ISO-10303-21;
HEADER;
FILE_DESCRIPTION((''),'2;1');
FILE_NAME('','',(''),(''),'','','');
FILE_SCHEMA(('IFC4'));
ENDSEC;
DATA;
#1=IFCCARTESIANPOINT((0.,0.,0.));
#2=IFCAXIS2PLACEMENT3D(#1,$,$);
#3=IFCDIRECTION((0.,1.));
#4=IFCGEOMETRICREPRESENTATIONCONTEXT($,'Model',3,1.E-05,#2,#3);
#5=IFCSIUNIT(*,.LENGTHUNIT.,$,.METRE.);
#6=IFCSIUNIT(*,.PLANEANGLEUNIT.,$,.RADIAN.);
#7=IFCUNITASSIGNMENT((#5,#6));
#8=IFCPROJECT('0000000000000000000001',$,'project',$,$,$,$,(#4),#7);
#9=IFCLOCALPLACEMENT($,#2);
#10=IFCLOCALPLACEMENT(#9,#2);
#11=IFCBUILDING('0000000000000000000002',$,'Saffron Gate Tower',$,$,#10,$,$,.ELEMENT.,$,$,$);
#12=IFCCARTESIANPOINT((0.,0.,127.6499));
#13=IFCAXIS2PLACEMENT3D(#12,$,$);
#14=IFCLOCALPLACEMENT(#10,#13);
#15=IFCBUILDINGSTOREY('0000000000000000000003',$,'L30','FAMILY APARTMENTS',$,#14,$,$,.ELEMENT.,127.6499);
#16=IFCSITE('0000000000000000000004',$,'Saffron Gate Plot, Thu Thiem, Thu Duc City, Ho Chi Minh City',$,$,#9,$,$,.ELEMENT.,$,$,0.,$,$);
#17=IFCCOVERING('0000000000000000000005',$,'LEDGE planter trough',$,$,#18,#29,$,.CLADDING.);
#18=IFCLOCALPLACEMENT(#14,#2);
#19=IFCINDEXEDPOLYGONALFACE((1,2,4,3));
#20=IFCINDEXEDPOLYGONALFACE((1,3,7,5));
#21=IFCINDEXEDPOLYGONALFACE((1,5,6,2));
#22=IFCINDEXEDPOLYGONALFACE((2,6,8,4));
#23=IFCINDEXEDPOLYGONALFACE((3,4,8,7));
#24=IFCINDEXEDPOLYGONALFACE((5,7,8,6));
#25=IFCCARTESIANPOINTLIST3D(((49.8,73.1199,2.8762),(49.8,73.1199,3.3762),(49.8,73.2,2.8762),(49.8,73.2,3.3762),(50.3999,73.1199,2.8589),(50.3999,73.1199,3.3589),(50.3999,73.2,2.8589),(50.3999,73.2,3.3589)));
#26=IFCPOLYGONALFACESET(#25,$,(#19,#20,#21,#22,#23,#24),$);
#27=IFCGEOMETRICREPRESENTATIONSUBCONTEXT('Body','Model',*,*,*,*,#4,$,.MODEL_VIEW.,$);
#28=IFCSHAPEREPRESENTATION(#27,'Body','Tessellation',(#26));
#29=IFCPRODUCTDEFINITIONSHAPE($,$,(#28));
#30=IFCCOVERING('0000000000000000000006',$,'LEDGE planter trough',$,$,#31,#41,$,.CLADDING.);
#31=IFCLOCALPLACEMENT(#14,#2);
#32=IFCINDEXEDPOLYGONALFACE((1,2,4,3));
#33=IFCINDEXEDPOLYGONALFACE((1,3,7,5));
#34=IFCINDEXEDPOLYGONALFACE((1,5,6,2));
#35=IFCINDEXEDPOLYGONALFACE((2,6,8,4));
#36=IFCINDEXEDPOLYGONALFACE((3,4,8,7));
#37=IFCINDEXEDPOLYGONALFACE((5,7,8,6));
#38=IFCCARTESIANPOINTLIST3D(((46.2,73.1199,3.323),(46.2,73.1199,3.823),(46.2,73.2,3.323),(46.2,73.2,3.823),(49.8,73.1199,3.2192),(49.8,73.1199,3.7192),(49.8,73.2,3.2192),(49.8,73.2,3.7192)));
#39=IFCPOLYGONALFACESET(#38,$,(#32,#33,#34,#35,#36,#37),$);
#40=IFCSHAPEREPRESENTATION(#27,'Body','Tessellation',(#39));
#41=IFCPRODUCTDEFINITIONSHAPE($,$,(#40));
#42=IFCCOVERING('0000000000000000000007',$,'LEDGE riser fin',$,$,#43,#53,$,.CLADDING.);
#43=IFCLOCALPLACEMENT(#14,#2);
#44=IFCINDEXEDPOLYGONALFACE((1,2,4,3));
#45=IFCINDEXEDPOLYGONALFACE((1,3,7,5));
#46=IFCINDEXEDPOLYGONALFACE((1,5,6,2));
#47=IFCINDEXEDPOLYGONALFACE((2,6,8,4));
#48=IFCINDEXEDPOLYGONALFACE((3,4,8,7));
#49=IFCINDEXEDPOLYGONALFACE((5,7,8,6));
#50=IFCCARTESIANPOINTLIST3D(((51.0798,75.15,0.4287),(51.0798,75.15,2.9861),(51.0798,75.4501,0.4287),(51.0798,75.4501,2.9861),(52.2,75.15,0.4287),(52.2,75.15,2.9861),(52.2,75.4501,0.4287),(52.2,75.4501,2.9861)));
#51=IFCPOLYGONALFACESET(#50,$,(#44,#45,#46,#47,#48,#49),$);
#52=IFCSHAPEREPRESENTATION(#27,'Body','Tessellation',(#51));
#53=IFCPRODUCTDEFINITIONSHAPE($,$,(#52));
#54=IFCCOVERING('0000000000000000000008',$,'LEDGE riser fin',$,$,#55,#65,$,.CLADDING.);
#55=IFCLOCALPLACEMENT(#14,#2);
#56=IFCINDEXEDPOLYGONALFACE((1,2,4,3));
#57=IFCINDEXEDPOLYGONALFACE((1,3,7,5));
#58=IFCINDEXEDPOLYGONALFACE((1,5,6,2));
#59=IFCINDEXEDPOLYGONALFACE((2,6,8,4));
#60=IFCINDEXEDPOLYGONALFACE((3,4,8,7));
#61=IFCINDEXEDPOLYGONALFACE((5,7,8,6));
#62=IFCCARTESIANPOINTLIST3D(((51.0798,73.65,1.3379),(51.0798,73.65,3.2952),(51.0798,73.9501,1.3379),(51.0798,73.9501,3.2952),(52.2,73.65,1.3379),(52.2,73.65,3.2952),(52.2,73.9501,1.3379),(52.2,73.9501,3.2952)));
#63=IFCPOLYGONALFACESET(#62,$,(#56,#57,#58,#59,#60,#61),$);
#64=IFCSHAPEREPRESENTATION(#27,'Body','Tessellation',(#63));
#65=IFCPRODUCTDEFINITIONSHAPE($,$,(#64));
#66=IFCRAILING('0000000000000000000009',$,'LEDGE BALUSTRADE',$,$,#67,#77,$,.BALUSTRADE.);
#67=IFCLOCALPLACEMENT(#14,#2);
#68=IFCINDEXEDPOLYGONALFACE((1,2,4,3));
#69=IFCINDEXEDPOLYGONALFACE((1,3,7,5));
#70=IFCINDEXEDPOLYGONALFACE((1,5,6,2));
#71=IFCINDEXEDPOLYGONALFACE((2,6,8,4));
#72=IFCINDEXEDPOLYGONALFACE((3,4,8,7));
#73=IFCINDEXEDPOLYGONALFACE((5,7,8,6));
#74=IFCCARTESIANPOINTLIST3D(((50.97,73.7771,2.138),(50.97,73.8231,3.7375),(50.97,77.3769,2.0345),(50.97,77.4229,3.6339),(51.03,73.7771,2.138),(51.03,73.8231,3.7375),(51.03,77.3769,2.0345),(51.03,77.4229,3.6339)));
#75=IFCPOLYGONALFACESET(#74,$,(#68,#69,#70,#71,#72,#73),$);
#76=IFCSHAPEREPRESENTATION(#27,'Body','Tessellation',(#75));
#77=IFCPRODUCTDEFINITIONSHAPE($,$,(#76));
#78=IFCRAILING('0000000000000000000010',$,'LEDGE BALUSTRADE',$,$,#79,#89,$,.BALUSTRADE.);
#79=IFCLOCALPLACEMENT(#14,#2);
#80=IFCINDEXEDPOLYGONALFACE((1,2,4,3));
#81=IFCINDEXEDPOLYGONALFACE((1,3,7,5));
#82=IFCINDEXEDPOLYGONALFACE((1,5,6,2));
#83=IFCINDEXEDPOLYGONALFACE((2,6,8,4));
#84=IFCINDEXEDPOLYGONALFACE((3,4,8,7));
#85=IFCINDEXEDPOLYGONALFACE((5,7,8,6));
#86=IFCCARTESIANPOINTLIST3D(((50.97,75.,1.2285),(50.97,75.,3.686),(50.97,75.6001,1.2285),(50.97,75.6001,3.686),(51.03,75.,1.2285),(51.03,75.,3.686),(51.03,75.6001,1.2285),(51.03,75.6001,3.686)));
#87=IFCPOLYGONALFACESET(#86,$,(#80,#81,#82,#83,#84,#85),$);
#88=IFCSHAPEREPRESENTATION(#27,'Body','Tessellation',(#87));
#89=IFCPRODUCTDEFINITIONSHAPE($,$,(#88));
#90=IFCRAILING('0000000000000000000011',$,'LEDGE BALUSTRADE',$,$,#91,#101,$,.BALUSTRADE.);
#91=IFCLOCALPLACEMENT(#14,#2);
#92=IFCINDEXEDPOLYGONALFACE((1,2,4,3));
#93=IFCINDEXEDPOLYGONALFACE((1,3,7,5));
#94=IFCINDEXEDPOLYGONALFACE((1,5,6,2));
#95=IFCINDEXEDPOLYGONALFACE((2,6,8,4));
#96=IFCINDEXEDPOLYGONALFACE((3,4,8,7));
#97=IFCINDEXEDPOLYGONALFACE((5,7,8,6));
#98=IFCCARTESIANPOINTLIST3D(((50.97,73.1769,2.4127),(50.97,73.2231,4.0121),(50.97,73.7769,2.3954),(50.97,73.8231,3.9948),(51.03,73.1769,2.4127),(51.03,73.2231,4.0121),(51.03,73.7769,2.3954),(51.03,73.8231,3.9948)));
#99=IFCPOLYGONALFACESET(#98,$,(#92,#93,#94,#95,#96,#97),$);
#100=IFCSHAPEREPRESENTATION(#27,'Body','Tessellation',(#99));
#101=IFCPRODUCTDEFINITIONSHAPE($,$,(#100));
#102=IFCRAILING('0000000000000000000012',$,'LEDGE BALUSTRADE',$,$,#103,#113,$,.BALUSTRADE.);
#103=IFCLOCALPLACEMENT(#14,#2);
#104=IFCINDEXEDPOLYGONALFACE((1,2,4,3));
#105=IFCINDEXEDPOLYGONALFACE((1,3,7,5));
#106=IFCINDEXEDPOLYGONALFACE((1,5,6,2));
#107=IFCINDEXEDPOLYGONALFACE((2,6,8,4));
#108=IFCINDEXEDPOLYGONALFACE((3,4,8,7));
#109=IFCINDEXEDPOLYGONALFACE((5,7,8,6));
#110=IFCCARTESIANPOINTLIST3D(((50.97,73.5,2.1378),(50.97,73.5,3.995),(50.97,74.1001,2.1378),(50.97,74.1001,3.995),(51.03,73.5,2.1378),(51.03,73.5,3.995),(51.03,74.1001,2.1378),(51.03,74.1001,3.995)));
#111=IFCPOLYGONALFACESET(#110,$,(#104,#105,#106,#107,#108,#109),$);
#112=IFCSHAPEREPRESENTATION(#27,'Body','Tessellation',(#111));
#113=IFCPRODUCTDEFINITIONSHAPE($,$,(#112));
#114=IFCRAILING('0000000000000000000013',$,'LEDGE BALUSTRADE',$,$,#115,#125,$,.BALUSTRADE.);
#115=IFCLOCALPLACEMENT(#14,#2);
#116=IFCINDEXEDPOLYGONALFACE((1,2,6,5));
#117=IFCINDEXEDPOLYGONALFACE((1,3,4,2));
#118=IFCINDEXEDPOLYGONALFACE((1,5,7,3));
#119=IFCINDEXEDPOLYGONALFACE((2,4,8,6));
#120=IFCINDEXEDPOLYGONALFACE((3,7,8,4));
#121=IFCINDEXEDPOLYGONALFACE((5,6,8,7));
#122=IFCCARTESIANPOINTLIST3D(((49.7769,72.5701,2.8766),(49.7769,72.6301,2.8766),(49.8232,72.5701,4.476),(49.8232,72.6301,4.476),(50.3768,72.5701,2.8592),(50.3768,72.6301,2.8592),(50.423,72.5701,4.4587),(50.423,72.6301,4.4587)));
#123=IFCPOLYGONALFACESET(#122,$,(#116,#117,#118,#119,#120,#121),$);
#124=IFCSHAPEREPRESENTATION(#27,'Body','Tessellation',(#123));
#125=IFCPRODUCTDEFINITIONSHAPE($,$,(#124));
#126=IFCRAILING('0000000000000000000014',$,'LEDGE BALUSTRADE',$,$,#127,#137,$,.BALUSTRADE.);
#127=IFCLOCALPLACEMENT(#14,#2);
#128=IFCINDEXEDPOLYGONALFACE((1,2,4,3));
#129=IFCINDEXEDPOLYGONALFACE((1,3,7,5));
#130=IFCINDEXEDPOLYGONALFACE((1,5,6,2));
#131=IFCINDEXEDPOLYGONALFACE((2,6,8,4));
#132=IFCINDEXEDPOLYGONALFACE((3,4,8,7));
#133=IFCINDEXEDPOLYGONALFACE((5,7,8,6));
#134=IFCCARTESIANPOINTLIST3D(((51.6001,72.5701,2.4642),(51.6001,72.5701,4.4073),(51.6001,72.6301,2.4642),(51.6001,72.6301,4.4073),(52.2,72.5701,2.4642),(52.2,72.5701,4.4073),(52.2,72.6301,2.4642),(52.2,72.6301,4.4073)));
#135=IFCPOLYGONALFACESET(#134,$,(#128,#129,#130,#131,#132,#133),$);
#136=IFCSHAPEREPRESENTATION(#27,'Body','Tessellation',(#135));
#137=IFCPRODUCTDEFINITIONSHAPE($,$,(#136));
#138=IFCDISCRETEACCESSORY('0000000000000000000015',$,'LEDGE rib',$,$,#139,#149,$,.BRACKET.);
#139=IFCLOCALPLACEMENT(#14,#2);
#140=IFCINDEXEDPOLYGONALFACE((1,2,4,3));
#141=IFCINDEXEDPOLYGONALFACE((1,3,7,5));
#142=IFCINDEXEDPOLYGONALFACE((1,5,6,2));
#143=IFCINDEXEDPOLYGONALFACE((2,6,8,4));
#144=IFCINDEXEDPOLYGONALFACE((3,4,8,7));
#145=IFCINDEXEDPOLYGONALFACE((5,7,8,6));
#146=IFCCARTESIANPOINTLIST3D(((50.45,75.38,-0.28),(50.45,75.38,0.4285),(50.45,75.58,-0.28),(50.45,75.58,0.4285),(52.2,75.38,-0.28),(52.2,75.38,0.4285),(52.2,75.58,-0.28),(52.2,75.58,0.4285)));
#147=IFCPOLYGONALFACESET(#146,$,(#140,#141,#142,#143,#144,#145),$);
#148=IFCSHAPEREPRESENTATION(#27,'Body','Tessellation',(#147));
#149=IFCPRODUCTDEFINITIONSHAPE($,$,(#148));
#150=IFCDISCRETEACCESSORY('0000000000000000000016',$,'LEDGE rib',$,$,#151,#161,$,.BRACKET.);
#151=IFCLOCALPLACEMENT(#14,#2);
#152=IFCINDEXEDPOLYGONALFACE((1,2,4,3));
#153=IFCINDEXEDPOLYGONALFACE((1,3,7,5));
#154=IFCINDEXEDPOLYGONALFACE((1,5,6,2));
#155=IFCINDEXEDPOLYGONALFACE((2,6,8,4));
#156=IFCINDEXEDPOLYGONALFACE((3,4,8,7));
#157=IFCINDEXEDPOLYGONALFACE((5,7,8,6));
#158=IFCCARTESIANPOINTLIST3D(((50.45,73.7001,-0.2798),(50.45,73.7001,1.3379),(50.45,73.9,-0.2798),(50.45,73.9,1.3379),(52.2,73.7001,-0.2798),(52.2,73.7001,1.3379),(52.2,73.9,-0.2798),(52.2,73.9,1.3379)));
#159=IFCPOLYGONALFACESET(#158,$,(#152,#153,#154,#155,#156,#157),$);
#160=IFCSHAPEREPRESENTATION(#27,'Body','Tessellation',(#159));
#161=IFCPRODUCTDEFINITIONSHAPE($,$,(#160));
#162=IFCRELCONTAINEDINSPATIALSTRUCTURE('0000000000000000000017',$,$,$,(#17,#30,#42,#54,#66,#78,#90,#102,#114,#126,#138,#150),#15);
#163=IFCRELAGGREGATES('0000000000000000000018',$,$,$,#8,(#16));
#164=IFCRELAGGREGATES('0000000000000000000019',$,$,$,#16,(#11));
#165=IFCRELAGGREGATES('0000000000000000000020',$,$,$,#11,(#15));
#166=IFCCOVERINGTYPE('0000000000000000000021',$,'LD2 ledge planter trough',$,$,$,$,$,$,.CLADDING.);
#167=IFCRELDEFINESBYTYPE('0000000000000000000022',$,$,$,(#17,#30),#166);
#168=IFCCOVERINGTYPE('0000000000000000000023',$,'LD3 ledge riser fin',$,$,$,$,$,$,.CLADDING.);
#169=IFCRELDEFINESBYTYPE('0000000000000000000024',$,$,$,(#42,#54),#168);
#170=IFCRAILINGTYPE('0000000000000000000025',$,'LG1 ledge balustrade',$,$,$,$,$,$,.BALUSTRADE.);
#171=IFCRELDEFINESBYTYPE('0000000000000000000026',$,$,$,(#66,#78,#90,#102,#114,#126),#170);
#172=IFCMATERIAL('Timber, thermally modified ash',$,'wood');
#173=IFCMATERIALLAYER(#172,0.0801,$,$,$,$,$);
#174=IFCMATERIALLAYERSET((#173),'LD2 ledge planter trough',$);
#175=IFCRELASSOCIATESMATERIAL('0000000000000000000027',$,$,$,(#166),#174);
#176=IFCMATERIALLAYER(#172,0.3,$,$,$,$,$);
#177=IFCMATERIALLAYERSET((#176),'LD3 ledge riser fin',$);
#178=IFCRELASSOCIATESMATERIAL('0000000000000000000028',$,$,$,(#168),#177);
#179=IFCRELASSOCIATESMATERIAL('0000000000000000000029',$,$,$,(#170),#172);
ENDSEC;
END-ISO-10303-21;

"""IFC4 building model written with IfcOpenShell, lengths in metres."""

from ifc_helpers import new_model, si_unit, direction, frame, origin, origin_2d, place, context, subcontext, project, spatial, polyline, rectangle, outline, extrude, material, layer, layer_set, type_object, element, save


model = new_model("IFC4")

# Units and contexts
model_context = context("Model", 3, precision=1e-05, world=origin(), true_north=direction((0.0, 1.0)))
body_context = subcontext(model_context, "Body", "Model", "MODEL_VIEW")
ifc_project = project(units=[si_unit("LENGTHUNIT", "METRE"), si_unit("PLANEANGLEUNIT", "RADIAN")], contexts=[model_context])

# Site, building, storey
site_placement = place(None, origin())
site = spatial("IfcSite", under=ifc_project, at=site_placement, Name="Saffron Gate Plot, Thu Thiem, Thu Duc City, Ho Chi Minh City", CompositionType="ELEMENT", RefElevation=0.0)
building_placement = place(site_placement, origin())
building = spatial("IfcBuilding", under=site, at=building_placement, Name="Saffron Gate Tower", CompositionType="ELEMENT")
storey_placement = place(building_placement, frame((0.0, 0.0, 127.6499)))
storey = spatial("IfcBuildingStorey", under=building, at=storey_placement, Name="L30", Description="FAMILY APARTMENTS", CompositionType="ELEMENT", Elevation=127.6499)

# Coverings
ifc_material_1 = material(Name="Timber, thermally modified ash", Category="wood")
ifc_layer_1 = layer(ifc_material_1, 0.0801)
ifc_layer_set_1 = layer_set([ifc_layer_1], Name="LD2 ledge planter trough")
covering_type_1 = type_object("IfcCoveringType", Name="LD2 ledge planter trough", PredefinedType="CLADDING", material=ifc_layer_set_1)
covering_1_placement = place(storey_placement, frame((50.3999, 73.2, 2.8589), z_axis=(0.0, 1.0, 0.0), x_axis=(-0.999583, 0.0, 0.028885)))
element("IfcCovering", 1, at=covering_1_placement, inside=storey, type_object=covering_type_1, Name="LEDGE planter trough", PredefinedType="CLADDING", context=body_context, shape_type="SweptSolid", body=[
    extrude(outline(polyline([(0.0, 0.0), (0.6001, 0.0), (0.6145, 0.4998), (0.0144, 0.4998), (0.0, 0.0)])), origin(), (0.0, 0.0, -1.0), 0.0801),
])
covering_2_placement = place(storey_placement, frame((49.8, 73.2, 3.2192), z_axis=(0.0, 1.0, 0.0), x_axis=(-0.999585, 0.0, 0.028809)))
element("IfcCovering", 2, at=covering_2_placement, inside=storey, type_object=covering_type_1, Name="LEDGE planter trough", PredefinedType="CLADDING", context=body_context, shape_type="SweptSolid", body=[
    extrude(outline(polyline([(0.0, 0.0), (3.6016, 0.0), (3.616, 0.4998), (0.0144, 0.4998), (0.0, 0.0)])), origin(), (0.0, 0.0, -1.0), 0.0801),
])
ifc_layer_2 = layer(ifc_material_1, 0.3)
ifc_layer_set_2 = layer_set([ifc_layer_2], Name="LD3 ledge riser fin")
covering_type_2 = type_object("IfcCoveringType", Name="LD3 ledge riser fin", PredefinedType="CLADDING", material=ifc_layer_set_2)
covering_3_placement = place(storey_placement, frame((51.6399, 75.3, 0.4287), z_axis=(0.0, 0.0, 1.0), x_axis=(0.0, -1.0, 0.0)))
element("IfcCovering", 3, at=covering_3_placement, inside=storey, type_object=covering_type_2, Name="LEDGE riser fin", PredefinedType="CLADDING", context=body_context, shape_type="SweptSolid", body=[
    extrude(rectangle(XDim=0.3, YDim=1.1201, at=origin_2d()), origin(), (0.0, 0.0, 1.0), 2.5574),
])
covering_4_placement = place(storey_placement, frame((51.6399, 73.8, 1.3379), z_axis=(0.0, 0.0, 1.0), x_axis=(0.0, -1.0, 0.0)))
element("IfcCovering", 4, at=covering_4_placement, inside=storey, type_object=covering_type_2, Name="LEDGE riser fin", PredefinedType="CLADDING", context=body_context, shape_type="SweptSolid", body=[
    extrude(rectangle(XDim=0.3, YDim=1.1201, at=origin_2d()), origin(), (0.0, 0.0, 1.0), 1.9573),
])

# Railings
railing_type = type_object("IfcRailingType", Name="LG1 ledge balustrade", PredefinedType="BALUSTRADE", material=ifc_material_1)
railing_1_placement = place(storey_placement, frame((51.0, 77.3999, 2.0342)))
element("IfcRailing", 5, at=railing_1_placement, inside=storey, type_object=railing_type, Name="LEDGE BALUSTRADE", PredefinedType="BALUSTRADE", context=body_context, shape_type="SweptSolid", body=[
    extrude(rectangle(XDim=0.0601, YDim=1.6001, at=origin_2d()), frame((0.0, 0.0, 0.8), z_axis=(0.0, -0.999587, 0.028744), x_axis=(1.0, 0.0, 0.0)), (0.0, 0.0, 1.0), 3.6013),
])
railing_2_placement = place(storey_placement, frame((51.0, 75.6001, 1.2285)))
element("IfcRailing", 6, at=railing_2_placement, inside=storey, type_object=railing_type, Name="LEDGE BALUSTRADE", PredefinedType="BALUSTRADE", context=body_context, shape_type="SweptSolid", body=[
    extrude(rectangle(XDim=0.0601, YDim=2.4575, at=origin_2d()), frame((0.0, 0.0, 1.2288), z_axis=(0.0, -1.0, 0.0), x_axis=(1.0, 0.0, 0.0)), (0.0, 0.0, 1.0), 0.6001),
])
railing_3_placement = place(storey_placement, frame((51.0, 73.8, 2.395)))
element("IfcRailing", 7, at=railing_3_placement, inside=storey, type_object=railing_type, Name="LEDGE BALUSTRADE", PredefinedType="BALUSTRADE", context=body_context, shape_type="SweptSolid", body=[
    extrude(rectangle(XDim=0.0601, YDim=1.6001, at=origin_2d()), frame((0.0, 0.0, 0.8), z_axis=(0.0, -0.999583, 0.028873), x_axis=(1.0, 0.0, 0.0)), (0.0, 0.0, 1.0), 0.6003),
])
railing_4_placement = place(storey_placement, frame((51.0, 74.1001, 2.1377)))
element("IfcRailing", 8, at=railing_4_placement, inside=storey, type_object=railing_type, Name="LEDGE BALUSTRADE", PredefinedType="BALUSTRADE", context=body_context, shape_type="SweptSolid", body=[
    extrude(rectangle(XDim=0.0601, YDim=1.8572, at=origin_2d()), frame((0.0, 0.0, 0.9287), z_axis=(0.0, -1.0, 0.0), x_axis=(1.0, 0.0, 0.0)), (0.0, 0.0, 1.0), 0.6001),
])
railing_5_placement = place(storey_placement, frame((50.3999, 72.6001, 2.8589)))
element("IfcRailing", 9, at=railing_5_placement, inside=storey, type_object=railing_type, Name="LEDGE BALUSTRADE", PredefinedType="BALUSTRADE", context=body_context, shape_type="SweptSolid", body=[
    extrude(rectangle(XDim=0.0601, YDim=1.6001, at=origin_2d()), frame((0.0, 0.0, 0.8), z_axis=(-0.999583, 0.0, 0.028885), x_axis=(0.0, -1.0, 0.0)), (0.0, 0.0, 1.0), 0.6001),
])
railing_6_placement = place(storey_placement, frame((52.2, 72.6001, 2.4641)))
element("IfcRailing", 10, at=railing_6_placement, inside=storey, type_object=railing_type, Name="LEDGE BALUSTRADE", PredefinedType="BALUSTRADE", context=body_context, shape_type="SweptSolid", body=[
    extrude(rectangle(XDim=0.0601, YDim=1.9431, at=origin_2d()), frame((0.0, 0.0, 0.9717), z_axis=(-1.0, 0.0, 0.0), x_axis=(0.0, -1.0, 0.0)), (0.0, 0.0, 1.0), 0.5999),
])

# Discrete accessories
discrete_accessory_1_placement = place(storey_placement, frame((51.325, 75.48, -0.28), z_axis=(0.0, 0.0, 1.0), x_axis=(0.0, -1.0, 0.0)))
element("IfcDiscreteAccessory", 11, at=discrete_accessory_1_placement, inside=storey, Name="LEDGE rib", PredefinedType="BRACKET", context=body_context, shape_type="SweptSolid", body=[
    extrude(rectangle(XDim=0.2, YDim=1.75, at=origin_2d()), origin(), (0.0, 0.0, 1.0), 0.7085),
])
discrete_accessory_2_placement = place(storey_placement, frame((51.325, 73.8, -0.2798), z_axis=(0.0, 0.0, 1.0), x_axis=(0.0, -1.0, 0.0)))
element("IfcDiscreteAccessory", 12, at=discrete_accessory_2_placement, inside=storey, Name="LEDGE rib", PredefinedType="BRACKET", context=body_context, shape_type="SweptSolid", body=[
    extrude(rectangle(XDim=0.2, YDim=1.75, at=origin_2d()), origin(), (0.0, 0.0, 1.0), 1.6177),
])

save(model, "model.ifc")
